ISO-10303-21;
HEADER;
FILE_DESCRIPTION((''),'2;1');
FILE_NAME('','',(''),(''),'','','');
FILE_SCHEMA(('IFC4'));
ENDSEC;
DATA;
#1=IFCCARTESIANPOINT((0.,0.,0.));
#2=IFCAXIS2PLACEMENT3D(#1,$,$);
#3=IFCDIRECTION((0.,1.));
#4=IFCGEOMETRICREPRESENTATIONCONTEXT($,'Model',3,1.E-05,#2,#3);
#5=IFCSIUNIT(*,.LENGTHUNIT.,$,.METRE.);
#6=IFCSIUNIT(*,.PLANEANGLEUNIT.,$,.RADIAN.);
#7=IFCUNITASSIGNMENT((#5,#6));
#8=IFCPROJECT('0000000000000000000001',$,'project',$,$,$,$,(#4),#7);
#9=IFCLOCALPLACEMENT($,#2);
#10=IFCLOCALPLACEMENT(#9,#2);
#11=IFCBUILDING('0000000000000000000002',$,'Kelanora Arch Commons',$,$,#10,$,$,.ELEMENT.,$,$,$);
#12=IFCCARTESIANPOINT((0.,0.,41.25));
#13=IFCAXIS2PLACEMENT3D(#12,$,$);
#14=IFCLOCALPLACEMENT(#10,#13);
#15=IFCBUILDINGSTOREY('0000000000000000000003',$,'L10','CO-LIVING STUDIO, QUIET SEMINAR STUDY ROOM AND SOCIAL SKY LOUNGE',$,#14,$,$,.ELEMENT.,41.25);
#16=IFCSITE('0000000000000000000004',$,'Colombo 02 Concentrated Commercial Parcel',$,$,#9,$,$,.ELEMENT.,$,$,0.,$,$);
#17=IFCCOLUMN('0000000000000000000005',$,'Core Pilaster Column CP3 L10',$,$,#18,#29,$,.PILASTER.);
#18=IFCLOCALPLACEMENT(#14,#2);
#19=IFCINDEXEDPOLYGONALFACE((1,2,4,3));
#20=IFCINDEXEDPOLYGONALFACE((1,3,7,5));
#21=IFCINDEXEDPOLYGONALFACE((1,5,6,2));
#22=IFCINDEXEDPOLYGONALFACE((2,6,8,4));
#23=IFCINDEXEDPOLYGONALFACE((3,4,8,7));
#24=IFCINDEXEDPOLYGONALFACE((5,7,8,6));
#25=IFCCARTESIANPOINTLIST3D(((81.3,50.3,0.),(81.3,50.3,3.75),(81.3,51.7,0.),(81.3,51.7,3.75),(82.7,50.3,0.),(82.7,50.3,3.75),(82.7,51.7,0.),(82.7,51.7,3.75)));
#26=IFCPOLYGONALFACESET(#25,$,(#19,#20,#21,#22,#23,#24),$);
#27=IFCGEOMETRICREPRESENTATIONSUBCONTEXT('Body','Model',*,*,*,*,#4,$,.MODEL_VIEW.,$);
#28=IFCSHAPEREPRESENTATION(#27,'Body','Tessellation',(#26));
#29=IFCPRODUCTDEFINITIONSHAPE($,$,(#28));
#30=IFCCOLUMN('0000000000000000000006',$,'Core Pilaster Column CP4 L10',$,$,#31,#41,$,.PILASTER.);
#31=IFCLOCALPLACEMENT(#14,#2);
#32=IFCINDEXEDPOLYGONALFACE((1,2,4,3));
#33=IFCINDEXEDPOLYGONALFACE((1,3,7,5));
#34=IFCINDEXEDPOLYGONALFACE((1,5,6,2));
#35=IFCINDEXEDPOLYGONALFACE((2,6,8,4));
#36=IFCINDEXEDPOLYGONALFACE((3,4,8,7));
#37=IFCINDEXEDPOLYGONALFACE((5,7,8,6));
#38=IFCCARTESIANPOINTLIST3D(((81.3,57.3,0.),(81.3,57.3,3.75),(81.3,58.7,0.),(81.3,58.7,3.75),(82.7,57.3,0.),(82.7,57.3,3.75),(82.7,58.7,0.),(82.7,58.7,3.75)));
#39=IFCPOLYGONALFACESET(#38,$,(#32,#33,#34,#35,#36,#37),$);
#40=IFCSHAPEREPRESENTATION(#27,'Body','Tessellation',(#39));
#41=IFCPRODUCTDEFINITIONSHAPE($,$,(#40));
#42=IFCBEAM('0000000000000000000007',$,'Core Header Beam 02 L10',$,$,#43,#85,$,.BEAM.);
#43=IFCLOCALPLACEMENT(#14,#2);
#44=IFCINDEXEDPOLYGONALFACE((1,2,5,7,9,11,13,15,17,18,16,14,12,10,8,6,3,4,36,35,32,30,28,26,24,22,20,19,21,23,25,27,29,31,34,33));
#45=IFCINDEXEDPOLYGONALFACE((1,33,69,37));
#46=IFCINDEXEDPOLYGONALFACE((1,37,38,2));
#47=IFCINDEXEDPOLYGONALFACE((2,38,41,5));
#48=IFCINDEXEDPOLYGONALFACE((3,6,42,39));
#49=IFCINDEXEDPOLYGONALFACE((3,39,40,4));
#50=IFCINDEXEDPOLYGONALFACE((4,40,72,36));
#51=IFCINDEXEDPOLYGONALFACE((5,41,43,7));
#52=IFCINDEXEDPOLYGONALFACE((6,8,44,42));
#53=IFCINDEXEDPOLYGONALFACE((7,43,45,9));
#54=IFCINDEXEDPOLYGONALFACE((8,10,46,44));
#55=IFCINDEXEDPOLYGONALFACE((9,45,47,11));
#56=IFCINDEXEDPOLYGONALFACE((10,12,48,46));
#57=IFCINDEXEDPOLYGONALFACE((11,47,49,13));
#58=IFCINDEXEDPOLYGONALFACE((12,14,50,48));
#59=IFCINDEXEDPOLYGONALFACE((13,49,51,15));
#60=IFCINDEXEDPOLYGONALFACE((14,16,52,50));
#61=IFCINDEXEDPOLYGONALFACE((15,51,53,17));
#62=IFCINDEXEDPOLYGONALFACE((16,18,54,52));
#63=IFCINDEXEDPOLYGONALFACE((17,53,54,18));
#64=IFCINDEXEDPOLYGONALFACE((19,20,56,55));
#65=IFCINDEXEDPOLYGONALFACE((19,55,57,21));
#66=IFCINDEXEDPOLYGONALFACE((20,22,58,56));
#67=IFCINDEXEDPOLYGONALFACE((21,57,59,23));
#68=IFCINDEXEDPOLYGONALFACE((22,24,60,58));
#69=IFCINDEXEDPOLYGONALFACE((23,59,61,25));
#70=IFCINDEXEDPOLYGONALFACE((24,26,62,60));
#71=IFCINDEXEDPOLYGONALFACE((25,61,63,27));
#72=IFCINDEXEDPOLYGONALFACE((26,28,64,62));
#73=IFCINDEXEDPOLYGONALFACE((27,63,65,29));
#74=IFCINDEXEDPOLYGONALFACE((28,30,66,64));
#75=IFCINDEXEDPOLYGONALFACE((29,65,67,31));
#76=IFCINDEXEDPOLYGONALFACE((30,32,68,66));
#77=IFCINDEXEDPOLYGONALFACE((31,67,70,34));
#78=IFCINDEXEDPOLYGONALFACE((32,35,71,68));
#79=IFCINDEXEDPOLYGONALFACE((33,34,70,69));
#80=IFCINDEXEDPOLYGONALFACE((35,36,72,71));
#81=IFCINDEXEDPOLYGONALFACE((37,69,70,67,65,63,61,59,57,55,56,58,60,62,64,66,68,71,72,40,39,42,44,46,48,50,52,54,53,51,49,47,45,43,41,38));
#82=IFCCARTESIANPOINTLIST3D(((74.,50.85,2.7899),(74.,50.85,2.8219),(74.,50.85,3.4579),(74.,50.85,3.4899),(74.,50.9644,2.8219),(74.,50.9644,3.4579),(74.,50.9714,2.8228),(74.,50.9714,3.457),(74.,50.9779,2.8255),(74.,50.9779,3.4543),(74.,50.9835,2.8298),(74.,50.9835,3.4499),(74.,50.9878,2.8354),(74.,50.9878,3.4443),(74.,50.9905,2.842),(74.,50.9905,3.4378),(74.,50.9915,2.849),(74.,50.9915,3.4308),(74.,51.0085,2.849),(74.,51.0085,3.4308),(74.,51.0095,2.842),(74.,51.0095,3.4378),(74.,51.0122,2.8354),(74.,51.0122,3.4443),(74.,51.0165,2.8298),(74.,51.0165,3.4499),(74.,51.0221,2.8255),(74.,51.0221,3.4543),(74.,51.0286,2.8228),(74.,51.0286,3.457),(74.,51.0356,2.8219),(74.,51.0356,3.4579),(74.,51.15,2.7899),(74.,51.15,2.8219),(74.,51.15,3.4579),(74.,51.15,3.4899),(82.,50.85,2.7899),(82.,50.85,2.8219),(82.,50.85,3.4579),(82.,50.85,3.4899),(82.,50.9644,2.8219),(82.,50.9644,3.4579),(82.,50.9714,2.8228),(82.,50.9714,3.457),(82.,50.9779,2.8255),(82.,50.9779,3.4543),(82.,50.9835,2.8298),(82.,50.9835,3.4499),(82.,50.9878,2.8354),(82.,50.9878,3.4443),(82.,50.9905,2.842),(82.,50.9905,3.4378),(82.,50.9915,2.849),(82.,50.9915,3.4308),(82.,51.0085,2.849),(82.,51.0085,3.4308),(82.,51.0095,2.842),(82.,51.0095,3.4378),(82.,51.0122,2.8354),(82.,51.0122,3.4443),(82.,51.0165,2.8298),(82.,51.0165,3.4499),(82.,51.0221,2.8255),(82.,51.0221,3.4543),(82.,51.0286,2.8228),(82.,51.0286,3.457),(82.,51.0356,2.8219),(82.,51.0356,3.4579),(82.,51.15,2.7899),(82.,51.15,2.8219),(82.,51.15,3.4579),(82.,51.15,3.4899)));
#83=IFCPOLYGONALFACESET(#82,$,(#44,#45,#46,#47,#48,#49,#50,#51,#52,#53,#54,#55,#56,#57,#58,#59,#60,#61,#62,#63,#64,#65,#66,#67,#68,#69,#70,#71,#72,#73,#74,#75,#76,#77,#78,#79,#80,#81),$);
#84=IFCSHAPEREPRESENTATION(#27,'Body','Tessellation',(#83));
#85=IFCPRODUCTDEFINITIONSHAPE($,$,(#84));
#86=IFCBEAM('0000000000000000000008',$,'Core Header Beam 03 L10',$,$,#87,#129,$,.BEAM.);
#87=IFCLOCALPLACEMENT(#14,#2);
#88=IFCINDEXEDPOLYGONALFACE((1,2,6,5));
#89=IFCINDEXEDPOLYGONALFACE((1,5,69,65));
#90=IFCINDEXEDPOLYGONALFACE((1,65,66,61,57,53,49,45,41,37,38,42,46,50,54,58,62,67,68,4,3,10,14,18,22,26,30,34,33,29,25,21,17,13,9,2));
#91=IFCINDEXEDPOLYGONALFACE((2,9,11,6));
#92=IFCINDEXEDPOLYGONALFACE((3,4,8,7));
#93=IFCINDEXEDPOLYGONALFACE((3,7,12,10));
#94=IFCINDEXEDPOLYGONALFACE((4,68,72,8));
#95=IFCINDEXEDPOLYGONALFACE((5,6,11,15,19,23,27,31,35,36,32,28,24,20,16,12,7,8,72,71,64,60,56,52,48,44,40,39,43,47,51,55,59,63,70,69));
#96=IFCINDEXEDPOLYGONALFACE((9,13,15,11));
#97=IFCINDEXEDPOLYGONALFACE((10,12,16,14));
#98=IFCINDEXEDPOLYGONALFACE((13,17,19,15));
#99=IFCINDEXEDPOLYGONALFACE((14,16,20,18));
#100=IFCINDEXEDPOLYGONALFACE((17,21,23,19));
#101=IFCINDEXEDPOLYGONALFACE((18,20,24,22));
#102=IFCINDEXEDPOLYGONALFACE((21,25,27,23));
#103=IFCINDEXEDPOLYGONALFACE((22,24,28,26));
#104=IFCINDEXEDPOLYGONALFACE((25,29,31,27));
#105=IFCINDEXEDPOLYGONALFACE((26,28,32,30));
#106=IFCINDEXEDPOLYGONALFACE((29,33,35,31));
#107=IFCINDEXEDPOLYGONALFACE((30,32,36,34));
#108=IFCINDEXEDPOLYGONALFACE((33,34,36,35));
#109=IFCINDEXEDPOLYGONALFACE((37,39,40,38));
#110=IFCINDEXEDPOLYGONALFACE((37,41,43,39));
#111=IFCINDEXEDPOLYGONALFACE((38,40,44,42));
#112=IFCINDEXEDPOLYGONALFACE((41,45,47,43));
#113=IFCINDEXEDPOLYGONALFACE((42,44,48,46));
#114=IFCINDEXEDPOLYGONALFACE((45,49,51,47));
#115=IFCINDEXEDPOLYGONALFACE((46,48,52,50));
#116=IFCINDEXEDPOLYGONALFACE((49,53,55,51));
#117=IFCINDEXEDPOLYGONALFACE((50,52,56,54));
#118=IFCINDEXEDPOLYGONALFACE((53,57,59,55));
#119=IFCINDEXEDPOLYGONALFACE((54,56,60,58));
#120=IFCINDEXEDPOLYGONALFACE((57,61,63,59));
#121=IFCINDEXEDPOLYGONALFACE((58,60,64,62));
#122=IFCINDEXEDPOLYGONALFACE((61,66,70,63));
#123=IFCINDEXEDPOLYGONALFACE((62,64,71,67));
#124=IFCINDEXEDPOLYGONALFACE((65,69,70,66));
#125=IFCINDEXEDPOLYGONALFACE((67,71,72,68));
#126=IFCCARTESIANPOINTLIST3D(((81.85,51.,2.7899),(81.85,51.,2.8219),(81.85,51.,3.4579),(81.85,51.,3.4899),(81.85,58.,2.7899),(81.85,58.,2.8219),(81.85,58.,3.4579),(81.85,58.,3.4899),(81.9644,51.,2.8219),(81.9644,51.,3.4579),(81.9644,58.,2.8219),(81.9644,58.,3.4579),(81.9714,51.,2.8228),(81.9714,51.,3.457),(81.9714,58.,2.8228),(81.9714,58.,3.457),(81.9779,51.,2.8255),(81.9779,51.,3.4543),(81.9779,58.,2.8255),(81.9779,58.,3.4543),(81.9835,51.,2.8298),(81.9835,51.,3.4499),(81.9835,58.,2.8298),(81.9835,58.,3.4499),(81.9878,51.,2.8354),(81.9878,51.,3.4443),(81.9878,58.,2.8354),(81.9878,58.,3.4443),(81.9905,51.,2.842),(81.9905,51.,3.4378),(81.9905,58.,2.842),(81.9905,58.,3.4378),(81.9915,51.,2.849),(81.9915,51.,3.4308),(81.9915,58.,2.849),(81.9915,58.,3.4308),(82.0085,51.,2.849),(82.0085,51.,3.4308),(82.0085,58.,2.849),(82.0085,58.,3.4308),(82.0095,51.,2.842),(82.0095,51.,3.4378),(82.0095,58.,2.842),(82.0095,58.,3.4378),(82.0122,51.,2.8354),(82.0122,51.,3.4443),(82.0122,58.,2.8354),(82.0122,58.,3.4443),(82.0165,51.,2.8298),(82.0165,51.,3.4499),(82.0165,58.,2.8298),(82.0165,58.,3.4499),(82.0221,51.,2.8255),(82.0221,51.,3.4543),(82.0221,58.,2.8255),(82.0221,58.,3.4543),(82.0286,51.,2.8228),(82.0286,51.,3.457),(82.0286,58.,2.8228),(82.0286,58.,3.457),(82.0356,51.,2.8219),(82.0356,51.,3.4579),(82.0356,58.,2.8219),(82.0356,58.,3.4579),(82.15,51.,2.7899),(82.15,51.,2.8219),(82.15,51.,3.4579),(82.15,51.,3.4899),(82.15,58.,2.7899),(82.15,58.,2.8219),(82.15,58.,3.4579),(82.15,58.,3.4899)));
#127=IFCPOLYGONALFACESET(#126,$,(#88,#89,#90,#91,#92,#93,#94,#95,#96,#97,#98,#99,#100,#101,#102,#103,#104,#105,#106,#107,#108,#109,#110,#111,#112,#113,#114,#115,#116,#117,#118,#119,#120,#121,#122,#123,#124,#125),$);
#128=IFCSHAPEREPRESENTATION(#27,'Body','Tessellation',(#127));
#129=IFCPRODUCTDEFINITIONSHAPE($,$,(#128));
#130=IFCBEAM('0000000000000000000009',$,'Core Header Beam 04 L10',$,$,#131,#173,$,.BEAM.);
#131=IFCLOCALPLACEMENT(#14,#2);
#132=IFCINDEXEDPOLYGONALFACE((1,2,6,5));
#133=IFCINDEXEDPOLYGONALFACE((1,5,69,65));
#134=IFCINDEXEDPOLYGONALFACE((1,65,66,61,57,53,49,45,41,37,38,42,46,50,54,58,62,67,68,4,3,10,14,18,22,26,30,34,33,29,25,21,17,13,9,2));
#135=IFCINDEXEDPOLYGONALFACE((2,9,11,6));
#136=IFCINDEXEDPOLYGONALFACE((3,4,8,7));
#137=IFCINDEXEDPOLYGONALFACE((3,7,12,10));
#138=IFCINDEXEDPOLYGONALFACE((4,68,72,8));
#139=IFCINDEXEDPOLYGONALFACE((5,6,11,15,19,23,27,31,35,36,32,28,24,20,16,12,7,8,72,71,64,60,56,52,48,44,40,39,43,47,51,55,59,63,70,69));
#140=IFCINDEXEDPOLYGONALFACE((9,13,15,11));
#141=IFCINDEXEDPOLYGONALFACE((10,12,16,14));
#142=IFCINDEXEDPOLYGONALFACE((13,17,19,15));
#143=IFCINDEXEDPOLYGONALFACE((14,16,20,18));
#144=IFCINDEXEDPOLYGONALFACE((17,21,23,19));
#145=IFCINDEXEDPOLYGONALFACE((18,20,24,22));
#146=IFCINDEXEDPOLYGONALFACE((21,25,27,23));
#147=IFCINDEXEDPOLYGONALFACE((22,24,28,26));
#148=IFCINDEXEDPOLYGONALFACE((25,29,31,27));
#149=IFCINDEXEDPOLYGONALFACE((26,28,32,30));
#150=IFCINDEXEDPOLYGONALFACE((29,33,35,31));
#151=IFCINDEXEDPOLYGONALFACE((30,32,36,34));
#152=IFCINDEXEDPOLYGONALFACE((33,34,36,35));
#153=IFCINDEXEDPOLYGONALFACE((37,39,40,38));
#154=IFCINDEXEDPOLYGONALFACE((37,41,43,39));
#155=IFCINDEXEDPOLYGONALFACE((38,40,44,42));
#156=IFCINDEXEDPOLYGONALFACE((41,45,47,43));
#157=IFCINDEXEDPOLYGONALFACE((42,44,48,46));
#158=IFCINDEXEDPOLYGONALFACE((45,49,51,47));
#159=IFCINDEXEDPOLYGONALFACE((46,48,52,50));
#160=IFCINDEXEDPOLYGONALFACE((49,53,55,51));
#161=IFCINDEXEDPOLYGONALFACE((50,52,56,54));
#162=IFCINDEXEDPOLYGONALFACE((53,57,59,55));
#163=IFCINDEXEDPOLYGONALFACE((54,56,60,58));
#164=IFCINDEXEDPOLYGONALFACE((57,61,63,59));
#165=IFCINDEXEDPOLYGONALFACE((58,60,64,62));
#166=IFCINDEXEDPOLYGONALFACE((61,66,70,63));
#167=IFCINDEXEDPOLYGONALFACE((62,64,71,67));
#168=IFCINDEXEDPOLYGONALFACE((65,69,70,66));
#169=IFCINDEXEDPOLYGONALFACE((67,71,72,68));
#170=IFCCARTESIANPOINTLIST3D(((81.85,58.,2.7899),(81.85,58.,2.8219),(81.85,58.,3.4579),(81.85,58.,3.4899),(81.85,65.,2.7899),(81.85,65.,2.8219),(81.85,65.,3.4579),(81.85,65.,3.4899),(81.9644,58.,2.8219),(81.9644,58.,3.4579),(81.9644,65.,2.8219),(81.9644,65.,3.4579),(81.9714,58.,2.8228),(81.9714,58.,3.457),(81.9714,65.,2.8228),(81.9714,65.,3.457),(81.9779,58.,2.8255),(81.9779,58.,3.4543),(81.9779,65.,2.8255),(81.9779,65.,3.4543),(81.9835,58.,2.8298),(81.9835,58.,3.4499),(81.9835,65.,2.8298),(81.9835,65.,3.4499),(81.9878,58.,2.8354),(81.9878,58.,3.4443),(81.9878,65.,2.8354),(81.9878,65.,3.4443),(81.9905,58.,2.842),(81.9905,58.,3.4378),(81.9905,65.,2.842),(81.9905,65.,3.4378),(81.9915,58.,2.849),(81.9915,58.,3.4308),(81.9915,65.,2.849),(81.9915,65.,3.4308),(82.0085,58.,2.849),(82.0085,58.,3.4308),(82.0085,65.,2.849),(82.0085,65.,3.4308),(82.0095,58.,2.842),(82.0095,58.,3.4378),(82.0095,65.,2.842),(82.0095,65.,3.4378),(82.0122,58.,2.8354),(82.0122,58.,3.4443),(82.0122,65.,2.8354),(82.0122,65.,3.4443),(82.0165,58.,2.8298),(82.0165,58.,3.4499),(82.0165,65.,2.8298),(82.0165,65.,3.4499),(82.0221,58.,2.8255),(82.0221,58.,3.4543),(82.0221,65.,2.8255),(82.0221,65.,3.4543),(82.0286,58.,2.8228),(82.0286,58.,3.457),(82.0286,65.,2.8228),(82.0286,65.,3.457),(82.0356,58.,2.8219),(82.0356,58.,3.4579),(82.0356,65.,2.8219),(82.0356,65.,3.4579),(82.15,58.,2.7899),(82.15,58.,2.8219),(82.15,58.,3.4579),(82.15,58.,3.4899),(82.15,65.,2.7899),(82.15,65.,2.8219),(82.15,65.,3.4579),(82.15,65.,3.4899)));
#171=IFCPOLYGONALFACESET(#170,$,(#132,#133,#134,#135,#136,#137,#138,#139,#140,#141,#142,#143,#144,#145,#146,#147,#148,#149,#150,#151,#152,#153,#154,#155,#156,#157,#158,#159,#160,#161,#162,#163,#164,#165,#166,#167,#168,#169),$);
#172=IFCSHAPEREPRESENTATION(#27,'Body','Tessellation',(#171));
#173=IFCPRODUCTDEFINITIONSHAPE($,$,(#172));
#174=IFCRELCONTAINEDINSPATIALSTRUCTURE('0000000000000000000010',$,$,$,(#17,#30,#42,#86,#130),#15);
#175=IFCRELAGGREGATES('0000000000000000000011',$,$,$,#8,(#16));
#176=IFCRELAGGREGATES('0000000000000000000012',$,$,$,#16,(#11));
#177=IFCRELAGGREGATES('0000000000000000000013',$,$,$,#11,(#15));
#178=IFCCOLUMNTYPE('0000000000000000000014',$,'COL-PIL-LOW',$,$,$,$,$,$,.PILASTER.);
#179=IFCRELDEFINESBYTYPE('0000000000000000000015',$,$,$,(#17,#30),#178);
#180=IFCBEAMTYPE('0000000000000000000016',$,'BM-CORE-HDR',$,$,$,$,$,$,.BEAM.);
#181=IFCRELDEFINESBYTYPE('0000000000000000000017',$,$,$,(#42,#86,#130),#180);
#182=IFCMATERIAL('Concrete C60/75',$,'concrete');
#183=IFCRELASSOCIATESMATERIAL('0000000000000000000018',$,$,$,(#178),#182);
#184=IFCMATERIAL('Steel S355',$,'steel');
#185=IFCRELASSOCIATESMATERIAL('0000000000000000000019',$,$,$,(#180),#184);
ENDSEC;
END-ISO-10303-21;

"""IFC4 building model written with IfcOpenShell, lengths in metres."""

from ifc_helpers import new_model, si_unit, direction, frame, origin, origin_2d, place, context, subcontext, project, spatial, rectangle, i_section, extrude, material, material_profile, profile_set, type_object, element, save


model = new_model("IFC4")

# Units and contexts
model_context = context("Model", 3, precision=1e-05, world=origin(), true_north=direction((0.0, 1.0)))
body_context = subcontext(model_context, "Body", "Model", "MODEL_VIEW")
ifc_project = project(units=[si_unit("LENGTHUNIT", "METRE"), si_unit("PLANEANGLEUNIT", "RADIAN")], contexts=[model_context])

# Site, building, storey
site_placement = place(None, origin())
site = spatial("IfcSite", under=ifc_project, at=site_placement, Name="Colombo 02 Concentrated Commercial Parcel", CompositionType="ELEMENT", RefElevation=0.0)
building_placement = place(site_placement, origin())
building = spatial("IfcBuilding", under=site, at=building_placement, Name="Kelanora Arch Commons", CompositionType="ELEMENT")
storey_placement = place(building_placement, frame((0.0, 0.0, 41.25)))
storey = spatial("IfcBuildingStorey", under=building, at=storey_placement, Name="L10", Description="CO-LIVING STUDIO, QUIET SEMINAR STUDY ROOM AND SOCIAL SKY LOUNGE", CompositionType="ELEMENT", Elevation=41.25)

# Columns
ifc_material_1 = material(Name="Concrete C60/75", Category="concrete")
ifc_material_profile_1 = material_profile(ifc_material_1, rectangle(XDim=1.3999, YDim=1.3999, at=origin_2d()), Name="RC1400x1400")
ifc_profile_set_1 = profile_set([ifc_material_profile_1], Name="Concrete C60/75")
column_type = type_object("IfcColumnType", Name="COL-PIL-LOW", PredefinedType="PILASTER", material=ifc_profile_set_1)
for number, where, z_axis, x_axis, name in (
    (1, (82.0, 51.0, 0.0), (0.0, 0.0, 1.0), (1.0, 0.0, 0.0), "Core Pilaster Column CP3 L10"),
    (2, (82.0, 58.0, 0.0), (0.0, 0.0, 1.0), (1.0, 0.0, 0.0), "Core Pilaster Column CP4 L10"),
):
    element("IfcColumn", number, at=place(storey_placement, frame(where, z_axis=z_axis, x_axis=x_axis)), inside=storey, type_object=column_type, Name=name, PredefinedType="PILASTER", context=body_context, shape_type="SweptSolid", body=[
        extrude(rectangle(XDim=1.3999, YDim=1.3999, at=origin_2d()), origin(), (0.0, 0.0, 1.0), 3.75),
    ])

# Beams
ifc_material_2 = material(Name="Steel S355", Category="steel")
ifc_material_profile_2 = material_profile(ifc_material_2, i_section(OverallWidth=0.3, OverallDepth=0.7, WebThickness=0.0171, FlangeThickness=0.032, FilletRadius=0.0271, at=origin_2d()), Name="HEB700")
ifc_profile_set_2 = profile_set([ifc_material_profile_2], Name="Steel S355")
beam_type_1 = type_object("IfcBeamType", Name="BM-CORE-HDR", PredefinedType="BEAM", material=ifc_profile_set_2)
beam_1_placement = place(storey_placement, frame((74.0, 51.0, 3.1399), z_axis=(1.0, 0.0, 0.0), x_axis=(0.0, 1.0, 0.0)))
element("IfcBeam", 3, at=beam_1_placement, inside=storey, type_object=beam_type_1, Name="Core Header Beam 02 L10", PredefinedType="BEAM", context=body_context, shape_type="SweptSolid", body=[
    extrude(i_section(OverallWidth=0.3, OverallDepth=0.7, WebThickness=0.0171, FlangeThickness=0.032, FilletRadius=0.0271, at=origin_2d()), origin(), (0.0, 0.0, 1.0), 8.0),
])
for number, where, z_axis, x_axis, name in (
    (4, (82.0, 51.0, 3.1399), (0.0, 1.0, 0.0), (-1.0, 0.0, 0.0), "Core Header Beam 03 L10"),
    (5, (82.0, 58.0, 3.1399), (0.0, 1.0, 0.0), (-1.0, 0.0, 0.0), "Core Header Beam 04 L10"),
):
    element("IfcBeam", number, at=place(storey_placement, frame(where, z_axis=z_axis, x_axis=x_axis)), inside=storey, type_object=beam_type_1, Name=name, PredefinedType="BEAM", context=body_context, shape_type="SweptSolid", body=[
        extrude(i_section(OverallWidth=0.3, OverallDepth=0.7, WebThickness=0.0171, FlangeThickness=0.032, FilletRadius=0.0271, at=origin_2d()), origin(), (0.0, 0.0, 1.0), 7.0),
    ])

save(model, "model.ifc")
